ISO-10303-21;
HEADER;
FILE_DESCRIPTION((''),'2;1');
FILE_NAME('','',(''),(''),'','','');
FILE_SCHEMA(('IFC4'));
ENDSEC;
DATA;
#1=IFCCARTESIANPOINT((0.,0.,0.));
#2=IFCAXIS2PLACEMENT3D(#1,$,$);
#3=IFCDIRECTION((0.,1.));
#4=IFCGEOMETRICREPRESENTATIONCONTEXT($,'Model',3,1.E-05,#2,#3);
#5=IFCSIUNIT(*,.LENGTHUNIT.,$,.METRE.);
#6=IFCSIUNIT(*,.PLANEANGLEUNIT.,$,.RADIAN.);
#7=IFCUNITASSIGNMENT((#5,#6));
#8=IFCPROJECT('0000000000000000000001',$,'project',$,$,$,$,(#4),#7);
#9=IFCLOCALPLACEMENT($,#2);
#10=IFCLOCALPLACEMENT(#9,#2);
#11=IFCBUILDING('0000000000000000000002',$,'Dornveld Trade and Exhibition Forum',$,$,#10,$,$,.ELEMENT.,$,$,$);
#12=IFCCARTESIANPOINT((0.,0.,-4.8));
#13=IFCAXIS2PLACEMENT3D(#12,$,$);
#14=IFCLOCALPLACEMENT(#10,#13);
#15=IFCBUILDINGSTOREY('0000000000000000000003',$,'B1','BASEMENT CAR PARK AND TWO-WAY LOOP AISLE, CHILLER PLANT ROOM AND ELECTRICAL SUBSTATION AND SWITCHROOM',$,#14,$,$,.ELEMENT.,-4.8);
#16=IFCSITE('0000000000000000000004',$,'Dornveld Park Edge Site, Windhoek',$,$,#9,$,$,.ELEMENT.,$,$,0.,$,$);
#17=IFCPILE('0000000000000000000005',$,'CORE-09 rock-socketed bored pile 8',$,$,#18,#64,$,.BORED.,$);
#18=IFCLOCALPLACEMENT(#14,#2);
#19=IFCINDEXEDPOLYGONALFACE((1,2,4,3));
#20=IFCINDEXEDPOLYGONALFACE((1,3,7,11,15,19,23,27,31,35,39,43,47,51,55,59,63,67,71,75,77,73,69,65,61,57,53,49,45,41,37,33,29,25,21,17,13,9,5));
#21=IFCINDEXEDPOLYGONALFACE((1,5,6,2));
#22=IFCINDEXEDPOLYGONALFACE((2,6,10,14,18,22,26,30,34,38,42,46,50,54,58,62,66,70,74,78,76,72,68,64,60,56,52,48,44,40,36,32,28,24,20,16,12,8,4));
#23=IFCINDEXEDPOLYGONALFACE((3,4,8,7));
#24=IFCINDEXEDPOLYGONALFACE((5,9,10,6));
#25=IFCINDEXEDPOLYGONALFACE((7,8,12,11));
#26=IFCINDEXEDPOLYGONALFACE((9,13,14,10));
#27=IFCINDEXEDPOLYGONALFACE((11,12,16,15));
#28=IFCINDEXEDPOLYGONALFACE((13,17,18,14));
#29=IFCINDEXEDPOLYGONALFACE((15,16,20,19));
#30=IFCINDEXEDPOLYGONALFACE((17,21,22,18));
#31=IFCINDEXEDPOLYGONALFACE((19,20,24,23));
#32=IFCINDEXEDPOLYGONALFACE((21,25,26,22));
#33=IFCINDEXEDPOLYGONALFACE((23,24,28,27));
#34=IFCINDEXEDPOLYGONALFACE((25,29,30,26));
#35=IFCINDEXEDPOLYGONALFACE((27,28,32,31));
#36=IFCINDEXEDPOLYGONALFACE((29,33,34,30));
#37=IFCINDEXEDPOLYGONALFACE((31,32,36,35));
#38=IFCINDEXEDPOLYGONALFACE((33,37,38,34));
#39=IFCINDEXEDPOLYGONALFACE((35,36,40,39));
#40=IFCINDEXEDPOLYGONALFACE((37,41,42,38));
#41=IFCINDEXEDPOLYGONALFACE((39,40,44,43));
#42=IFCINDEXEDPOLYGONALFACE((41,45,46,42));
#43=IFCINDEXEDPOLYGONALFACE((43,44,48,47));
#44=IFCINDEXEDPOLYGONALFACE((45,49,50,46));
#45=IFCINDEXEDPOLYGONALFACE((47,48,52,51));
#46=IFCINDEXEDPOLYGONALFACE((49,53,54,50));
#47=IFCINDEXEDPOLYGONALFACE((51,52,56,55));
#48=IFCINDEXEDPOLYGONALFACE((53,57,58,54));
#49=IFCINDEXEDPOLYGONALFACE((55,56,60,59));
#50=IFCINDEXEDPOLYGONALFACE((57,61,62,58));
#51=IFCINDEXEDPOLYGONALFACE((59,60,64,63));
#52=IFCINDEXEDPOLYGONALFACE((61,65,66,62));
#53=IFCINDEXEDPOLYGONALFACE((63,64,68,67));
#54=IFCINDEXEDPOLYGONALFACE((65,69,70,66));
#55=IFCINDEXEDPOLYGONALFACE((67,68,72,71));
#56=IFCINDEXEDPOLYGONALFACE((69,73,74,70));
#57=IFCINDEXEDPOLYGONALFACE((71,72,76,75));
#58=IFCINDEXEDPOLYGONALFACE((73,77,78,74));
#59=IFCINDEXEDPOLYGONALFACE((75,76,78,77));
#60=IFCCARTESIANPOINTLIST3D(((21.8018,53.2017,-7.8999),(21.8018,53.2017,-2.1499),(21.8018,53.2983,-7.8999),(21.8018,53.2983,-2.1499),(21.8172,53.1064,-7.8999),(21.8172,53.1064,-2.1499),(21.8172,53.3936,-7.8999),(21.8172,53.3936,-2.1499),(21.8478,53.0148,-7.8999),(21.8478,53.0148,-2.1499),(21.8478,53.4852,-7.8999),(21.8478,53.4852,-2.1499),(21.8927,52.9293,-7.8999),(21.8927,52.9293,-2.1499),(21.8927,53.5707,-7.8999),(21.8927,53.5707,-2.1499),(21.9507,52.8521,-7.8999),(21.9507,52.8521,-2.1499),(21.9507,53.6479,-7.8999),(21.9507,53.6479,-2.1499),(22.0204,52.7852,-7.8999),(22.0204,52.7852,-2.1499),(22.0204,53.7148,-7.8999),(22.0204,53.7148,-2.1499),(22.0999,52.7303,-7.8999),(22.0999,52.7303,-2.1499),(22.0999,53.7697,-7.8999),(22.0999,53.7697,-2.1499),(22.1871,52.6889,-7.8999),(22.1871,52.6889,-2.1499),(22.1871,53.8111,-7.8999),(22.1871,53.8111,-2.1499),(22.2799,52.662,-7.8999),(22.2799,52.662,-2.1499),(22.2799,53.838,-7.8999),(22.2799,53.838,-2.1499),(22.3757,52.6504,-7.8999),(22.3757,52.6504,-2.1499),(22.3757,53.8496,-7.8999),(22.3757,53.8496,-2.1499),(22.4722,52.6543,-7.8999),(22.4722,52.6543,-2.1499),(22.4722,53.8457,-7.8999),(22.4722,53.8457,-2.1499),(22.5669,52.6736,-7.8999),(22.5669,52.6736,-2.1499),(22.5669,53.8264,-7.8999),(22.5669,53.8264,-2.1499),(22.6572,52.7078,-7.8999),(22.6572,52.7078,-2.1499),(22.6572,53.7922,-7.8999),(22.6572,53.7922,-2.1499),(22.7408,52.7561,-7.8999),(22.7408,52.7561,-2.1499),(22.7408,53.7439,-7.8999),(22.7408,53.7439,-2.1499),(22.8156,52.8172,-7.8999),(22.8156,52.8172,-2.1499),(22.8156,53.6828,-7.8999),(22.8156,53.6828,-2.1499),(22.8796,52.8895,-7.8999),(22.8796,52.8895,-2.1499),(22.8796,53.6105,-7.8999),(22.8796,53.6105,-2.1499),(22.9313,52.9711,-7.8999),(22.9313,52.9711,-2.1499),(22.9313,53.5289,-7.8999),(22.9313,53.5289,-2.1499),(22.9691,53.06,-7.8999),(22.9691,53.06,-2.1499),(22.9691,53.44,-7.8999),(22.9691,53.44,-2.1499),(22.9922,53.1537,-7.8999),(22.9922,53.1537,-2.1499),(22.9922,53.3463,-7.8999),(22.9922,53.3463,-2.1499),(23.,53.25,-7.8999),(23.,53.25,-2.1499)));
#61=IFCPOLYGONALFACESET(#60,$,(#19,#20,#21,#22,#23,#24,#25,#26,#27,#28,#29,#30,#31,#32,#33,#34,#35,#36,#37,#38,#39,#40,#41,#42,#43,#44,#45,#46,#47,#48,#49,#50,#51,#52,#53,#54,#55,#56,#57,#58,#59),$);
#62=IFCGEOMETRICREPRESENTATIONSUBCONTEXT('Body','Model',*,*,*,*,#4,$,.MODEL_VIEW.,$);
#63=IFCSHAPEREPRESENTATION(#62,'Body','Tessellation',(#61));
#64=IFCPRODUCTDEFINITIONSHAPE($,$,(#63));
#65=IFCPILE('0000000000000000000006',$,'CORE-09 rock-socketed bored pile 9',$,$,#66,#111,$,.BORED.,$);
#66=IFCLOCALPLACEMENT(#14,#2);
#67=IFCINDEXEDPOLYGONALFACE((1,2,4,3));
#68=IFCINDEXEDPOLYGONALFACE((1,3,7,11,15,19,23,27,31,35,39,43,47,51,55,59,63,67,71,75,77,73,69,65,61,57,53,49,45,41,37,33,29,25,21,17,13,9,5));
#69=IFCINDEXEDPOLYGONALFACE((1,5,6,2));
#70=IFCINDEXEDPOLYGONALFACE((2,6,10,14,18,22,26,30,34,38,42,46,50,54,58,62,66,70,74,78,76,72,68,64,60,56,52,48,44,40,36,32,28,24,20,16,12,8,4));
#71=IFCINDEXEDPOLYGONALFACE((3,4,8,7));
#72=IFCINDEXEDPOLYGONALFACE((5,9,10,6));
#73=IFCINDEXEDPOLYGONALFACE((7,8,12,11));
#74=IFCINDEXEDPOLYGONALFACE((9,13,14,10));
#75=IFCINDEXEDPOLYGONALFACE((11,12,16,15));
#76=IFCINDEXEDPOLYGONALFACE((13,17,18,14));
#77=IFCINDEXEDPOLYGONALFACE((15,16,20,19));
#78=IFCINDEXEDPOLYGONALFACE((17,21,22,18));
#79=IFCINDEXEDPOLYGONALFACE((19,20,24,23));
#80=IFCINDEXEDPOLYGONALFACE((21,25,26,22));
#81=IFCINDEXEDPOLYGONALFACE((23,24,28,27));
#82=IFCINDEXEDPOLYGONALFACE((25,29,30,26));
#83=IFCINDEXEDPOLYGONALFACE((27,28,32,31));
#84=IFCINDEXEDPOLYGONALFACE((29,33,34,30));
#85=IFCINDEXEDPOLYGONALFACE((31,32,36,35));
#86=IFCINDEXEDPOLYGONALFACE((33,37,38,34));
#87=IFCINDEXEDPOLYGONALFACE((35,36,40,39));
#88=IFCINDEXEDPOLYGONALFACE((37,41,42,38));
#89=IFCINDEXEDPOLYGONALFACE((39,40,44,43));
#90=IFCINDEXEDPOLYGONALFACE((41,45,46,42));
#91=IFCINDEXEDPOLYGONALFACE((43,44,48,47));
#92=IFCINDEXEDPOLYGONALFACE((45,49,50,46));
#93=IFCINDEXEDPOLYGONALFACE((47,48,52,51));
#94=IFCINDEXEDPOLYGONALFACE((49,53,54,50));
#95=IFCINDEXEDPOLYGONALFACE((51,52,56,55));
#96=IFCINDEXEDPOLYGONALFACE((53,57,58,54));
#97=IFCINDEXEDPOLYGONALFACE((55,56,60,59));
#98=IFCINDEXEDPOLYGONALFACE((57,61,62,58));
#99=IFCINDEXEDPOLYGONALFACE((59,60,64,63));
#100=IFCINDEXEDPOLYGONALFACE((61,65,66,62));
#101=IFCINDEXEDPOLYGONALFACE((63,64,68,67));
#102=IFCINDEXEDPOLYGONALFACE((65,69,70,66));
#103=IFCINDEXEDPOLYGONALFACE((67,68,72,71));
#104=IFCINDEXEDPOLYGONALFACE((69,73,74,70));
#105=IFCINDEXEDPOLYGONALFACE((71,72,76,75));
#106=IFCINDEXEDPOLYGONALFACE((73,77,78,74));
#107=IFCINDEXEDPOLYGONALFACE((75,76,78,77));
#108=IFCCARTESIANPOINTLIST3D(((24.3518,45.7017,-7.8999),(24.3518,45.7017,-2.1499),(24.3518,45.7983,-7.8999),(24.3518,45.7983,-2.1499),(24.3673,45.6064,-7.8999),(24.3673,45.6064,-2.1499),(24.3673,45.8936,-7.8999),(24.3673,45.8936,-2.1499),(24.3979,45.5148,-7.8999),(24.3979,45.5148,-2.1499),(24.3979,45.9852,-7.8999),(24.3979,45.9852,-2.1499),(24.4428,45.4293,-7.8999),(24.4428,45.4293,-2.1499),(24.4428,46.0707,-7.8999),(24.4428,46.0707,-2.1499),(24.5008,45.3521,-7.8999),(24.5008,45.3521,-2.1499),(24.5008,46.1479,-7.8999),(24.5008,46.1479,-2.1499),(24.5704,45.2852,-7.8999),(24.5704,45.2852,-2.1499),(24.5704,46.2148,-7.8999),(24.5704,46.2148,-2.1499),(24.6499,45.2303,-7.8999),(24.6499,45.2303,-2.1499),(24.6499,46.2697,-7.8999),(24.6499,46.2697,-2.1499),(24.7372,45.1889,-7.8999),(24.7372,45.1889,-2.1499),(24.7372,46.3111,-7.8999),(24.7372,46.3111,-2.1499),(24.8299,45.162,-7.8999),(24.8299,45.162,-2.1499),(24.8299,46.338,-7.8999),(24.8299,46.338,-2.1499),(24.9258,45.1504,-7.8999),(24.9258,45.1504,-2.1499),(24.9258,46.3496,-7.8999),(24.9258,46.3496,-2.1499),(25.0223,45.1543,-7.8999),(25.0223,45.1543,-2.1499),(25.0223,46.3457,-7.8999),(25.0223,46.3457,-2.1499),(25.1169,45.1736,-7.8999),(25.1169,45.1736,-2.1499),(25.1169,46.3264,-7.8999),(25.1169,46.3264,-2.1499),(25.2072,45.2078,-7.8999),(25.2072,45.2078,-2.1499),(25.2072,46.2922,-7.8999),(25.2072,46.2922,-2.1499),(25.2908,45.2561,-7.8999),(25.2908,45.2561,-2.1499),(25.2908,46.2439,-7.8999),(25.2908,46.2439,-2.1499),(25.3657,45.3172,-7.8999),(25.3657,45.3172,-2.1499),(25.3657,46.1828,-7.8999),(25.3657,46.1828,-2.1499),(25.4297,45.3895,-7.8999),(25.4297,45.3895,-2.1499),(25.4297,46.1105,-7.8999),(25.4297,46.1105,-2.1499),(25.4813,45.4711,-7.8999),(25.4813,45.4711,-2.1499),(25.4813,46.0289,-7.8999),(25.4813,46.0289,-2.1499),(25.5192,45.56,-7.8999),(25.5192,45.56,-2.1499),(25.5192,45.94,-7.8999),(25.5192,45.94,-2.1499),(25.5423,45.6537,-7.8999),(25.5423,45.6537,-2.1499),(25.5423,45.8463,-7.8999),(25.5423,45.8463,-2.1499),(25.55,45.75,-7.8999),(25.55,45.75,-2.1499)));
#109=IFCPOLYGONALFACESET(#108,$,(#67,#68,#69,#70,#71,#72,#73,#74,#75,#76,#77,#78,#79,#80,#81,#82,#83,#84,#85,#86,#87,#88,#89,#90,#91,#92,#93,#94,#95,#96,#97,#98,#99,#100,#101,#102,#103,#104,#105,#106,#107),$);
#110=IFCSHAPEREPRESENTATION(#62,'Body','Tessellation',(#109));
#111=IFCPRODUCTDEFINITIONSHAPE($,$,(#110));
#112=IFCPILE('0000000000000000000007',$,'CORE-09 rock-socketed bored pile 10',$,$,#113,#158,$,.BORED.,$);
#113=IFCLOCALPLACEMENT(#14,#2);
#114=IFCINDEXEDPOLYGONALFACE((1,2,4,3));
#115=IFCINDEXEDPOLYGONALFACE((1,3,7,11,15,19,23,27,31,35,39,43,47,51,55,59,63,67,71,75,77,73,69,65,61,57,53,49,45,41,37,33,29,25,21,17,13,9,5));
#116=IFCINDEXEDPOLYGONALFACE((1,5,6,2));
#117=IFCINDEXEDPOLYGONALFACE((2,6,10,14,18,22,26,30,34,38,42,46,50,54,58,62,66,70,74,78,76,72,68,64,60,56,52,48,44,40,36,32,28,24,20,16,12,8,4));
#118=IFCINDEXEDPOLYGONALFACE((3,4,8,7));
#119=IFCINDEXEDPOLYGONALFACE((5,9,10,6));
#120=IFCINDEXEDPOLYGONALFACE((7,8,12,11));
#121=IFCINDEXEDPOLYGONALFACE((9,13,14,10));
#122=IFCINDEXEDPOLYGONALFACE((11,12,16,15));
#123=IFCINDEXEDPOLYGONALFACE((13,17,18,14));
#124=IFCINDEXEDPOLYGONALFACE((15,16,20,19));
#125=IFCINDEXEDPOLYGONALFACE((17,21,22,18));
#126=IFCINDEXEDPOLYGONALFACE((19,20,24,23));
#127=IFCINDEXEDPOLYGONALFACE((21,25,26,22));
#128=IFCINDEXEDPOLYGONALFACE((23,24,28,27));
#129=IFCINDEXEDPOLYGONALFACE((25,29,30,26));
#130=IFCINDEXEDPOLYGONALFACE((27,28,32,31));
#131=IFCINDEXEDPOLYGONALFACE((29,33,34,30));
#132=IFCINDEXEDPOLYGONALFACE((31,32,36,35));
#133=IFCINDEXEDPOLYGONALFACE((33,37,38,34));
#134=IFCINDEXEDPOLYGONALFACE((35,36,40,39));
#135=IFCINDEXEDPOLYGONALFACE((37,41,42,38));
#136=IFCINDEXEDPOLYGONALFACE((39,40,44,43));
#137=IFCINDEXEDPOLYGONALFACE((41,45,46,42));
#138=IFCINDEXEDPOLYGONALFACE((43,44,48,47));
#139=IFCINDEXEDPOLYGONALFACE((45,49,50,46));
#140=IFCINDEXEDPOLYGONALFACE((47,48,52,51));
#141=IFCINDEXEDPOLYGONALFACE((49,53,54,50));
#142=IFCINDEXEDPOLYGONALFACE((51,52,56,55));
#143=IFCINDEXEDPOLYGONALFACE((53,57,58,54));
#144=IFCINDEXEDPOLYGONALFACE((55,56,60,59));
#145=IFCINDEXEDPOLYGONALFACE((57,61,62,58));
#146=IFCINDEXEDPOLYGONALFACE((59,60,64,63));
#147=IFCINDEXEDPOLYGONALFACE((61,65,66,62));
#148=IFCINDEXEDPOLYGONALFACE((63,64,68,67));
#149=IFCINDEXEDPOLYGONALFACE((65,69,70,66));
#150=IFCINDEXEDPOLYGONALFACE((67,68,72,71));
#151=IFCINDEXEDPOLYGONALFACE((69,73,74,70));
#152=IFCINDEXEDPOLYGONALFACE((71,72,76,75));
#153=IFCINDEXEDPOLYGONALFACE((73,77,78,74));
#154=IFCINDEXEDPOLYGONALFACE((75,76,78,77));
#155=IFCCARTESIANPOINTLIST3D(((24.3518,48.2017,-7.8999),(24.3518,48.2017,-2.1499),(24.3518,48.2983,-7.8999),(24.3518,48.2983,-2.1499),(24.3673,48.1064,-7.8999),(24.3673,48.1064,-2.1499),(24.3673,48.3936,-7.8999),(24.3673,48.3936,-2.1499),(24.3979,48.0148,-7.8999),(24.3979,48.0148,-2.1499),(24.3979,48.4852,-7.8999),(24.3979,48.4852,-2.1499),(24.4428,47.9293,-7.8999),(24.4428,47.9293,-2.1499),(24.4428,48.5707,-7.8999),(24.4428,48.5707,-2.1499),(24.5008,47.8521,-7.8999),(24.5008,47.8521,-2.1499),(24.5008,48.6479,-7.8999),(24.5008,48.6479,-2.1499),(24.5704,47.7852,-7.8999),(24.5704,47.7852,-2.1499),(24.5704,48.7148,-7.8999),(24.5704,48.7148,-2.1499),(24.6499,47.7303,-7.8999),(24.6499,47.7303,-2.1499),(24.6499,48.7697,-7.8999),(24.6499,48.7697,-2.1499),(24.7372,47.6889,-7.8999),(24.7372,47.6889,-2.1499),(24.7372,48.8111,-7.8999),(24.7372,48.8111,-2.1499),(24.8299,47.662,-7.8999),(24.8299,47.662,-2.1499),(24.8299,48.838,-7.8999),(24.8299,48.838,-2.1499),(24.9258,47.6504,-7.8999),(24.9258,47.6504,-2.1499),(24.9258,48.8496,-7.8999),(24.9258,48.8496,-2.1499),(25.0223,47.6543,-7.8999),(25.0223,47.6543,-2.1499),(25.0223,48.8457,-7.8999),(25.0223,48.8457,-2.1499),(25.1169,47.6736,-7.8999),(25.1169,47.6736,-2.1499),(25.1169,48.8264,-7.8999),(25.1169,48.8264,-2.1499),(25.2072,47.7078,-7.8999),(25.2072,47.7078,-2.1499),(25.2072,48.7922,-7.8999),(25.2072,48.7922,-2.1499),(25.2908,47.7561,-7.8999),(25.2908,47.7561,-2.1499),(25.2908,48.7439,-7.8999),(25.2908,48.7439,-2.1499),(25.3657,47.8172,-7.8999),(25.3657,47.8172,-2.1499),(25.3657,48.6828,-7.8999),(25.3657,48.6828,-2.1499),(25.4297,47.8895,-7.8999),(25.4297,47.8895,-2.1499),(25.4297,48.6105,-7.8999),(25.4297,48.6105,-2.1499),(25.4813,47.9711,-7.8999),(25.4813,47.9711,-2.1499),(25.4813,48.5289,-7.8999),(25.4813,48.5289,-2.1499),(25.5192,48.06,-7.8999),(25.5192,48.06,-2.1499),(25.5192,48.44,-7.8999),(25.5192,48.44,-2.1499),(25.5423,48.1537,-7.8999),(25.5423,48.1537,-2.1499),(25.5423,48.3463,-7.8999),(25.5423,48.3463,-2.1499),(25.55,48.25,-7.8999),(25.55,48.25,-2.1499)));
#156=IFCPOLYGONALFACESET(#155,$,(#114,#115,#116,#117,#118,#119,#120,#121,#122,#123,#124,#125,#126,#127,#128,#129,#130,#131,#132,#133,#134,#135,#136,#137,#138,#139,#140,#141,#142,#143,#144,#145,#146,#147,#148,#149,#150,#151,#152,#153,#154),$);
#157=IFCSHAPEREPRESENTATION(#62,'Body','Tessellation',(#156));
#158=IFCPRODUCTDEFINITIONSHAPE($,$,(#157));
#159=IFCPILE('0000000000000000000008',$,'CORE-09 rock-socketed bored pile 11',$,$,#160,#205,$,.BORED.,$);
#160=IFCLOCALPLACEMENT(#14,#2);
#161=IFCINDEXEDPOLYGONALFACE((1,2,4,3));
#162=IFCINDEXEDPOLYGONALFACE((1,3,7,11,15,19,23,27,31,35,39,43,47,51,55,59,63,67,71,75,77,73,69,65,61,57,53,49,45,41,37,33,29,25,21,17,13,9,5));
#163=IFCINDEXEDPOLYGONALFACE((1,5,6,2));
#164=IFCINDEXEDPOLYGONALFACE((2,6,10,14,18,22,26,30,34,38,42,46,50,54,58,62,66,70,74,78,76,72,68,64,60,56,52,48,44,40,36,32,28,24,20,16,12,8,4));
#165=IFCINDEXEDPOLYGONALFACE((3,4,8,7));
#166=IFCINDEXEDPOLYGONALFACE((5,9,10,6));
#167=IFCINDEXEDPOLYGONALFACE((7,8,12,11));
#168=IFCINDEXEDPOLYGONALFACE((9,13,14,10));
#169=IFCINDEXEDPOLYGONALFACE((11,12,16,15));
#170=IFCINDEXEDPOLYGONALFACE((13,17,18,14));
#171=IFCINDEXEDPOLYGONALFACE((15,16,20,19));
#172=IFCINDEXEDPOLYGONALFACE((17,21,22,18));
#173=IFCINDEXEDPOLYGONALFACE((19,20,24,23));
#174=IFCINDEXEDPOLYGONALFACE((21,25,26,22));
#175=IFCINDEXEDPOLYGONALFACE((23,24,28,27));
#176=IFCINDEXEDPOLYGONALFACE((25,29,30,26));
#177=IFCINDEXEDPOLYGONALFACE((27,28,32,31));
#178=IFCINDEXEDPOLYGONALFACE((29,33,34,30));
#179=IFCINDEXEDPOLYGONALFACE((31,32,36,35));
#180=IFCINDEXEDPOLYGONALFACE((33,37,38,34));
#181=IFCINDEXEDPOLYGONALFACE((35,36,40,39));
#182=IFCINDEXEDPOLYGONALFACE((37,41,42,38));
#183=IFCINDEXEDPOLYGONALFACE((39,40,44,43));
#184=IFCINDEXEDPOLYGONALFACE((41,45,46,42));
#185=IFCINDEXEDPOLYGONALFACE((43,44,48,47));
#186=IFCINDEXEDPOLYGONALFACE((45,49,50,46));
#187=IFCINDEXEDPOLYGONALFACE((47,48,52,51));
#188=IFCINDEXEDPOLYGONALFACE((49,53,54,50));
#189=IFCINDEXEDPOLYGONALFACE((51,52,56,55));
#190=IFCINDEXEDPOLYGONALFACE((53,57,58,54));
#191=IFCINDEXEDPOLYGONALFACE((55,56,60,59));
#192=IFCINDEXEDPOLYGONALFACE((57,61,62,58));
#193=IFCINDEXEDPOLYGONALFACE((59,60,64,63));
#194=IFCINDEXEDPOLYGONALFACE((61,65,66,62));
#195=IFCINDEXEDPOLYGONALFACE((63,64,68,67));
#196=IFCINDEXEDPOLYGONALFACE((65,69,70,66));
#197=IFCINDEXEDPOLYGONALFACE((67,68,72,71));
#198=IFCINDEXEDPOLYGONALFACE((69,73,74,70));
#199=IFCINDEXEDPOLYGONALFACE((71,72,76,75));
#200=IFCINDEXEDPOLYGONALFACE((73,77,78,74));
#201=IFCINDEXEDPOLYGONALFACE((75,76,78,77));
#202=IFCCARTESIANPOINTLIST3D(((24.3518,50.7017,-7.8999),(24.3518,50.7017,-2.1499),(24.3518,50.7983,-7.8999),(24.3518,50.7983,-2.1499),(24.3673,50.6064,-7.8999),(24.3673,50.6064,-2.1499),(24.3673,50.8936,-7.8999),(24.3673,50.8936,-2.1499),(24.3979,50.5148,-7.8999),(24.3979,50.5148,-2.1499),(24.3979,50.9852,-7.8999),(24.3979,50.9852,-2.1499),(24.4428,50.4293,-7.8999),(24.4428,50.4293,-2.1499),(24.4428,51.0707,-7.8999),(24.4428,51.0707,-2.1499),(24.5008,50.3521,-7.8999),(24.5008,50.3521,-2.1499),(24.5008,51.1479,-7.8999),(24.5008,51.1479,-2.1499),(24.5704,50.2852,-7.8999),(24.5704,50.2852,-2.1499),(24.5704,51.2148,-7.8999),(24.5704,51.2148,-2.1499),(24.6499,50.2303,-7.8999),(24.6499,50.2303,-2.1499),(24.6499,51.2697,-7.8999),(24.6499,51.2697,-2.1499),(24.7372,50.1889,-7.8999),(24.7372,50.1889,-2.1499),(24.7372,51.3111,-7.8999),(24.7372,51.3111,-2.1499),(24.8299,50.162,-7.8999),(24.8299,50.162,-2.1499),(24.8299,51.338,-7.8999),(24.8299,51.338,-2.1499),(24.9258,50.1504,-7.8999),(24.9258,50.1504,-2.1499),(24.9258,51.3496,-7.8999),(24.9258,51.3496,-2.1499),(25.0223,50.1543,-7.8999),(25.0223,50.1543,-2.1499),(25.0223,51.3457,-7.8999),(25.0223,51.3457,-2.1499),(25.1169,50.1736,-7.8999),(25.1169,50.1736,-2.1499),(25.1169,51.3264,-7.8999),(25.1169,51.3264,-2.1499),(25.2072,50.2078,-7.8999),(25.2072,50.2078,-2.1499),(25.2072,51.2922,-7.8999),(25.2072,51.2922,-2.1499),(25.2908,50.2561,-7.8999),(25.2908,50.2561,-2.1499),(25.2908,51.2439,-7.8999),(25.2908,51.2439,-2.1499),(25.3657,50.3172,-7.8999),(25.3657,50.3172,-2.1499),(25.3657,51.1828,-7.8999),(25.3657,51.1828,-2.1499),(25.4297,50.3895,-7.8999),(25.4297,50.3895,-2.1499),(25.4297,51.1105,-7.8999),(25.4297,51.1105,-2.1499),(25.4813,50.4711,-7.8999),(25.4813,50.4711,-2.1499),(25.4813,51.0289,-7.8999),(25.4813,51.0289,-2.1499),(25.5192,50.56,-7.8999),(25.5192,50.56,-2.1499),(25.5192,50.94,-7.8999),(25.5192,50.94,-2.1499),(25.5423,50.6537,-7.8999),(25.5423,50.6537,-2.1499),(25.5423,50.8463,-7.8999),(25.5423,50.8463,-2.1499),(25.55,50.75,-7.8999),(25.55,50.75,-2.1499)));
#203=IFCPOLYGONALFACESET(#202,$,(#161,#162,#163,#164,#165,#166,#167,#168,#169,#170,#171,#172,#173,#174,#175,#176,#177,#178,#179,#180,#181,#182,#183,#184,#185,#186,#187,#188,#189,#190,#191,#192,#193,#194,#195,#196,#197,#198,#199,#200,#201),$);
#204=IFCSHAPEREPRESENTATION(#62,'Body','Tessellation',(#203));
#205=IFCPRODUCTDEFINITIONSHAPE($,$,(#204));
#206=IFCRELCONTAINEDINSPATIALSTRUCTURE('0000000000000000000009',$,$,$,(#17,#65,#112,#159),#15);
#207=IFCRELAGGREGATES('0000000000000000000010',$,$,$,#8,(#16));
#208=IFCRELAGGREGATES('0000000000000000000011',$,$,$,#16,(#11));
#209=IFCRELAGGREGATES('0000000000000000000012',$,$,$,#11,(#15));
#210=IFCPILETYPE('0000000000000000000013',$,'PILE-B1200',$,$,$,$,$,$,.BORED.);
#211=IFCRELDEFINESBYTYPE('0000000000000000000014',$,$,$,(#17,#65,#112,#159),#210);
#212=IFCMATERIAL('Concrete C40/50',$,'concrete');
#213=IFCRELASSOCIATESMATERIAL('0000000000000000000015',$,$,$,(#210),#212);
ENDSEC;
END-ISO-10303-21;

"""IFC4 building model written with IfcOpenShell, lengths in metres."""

from ifc_helpers import new_model, si_unit, direction, frame, origin, origin_2d, place, context, subcontext, project, spatial, circle, extrude, material, material_profile, profile_set, type_object, element, save


model = new_model("IFC4")

# Units and contexts
model_context = context("Model", 3, precision=1e-05, world=origin(), true_north=direction((0.0, 1.0)))
body_context = subcontext(model_context, "Body", "Model", "MODEL_VIEW")
ifc_project = project(units=[si_unit("LENGTHUNIT", "METRE"), si_unit("PLANEANGLEUNIT", "RADIAN")], contexts=[model_context])

# Site, building, storey
site_placement = place(None, origin())
site = spatial("IfcSite", under=ifc_project, at=site_placement, Name="Dornveld Park Edge Site, Windhoek", CompositionType="ELEMENT", RefElevation=0.0)
building_placement = place(site_placement, origin())
building = spatial("IfcBuilding", under=site, at=building_placement, Name="Dornveld Trade and Exhibition Forum", CompositionType="ELEMENT")
storey_placement = place(building_placement, frame((0.0, 0.0, -4.8)))
storey = spatial("IfcBuildingStorey", under=building, at=storey_placement, Name="B1", Description="BASEMENT CAR PARK AND TWO-WAY LOOP AISLE, CHILLER PLANT ROOM AND ELECTRICAL SUBSTATION AND SWITCHROOM", CompositionType="ELEMENT", Elevation=-4.8)

# Piles
ifc_material_1 = material(Name="Concrete C40/50", Category="concrete")
ifc_material_profile_1 = material_profile(ifc_material_1, circle(Radius=0.6001, at=origin_2d()), Name="PILE D1200")
ifc_profile_set_1 = profile_set([ifc_material_profile_1], Name="Concrete C40/50")
pile_type_1 = type_object("IfcPileType", Name="PILE-B1200", PredefinedType="BORED", material=ifc_profile_set_1)
for number, where, z_axis, x_axis, name in (
    (1, (22.3999, 53.25, -2.1499), (0.0, 0.0, -1.0), (1.0, 0.0, 0.0), "CORE-09 rock-socketed bored pile 8"),
    (2, (24.95, 45.75, -2.1499), (0.0, 0.0, -1.0), (1.0, 0.0, 0.0), "CORE-09 rock-socketed bored pile 9"),
    (3, (24.95, 48.25, -2.1499), (0.0, 0.0, -1.0), (1.0, 0.0, 0.0), "CORE-09 rock-socketed bored pile 10"),
    (4, (24.95, 50.75, -2.1499), (0.0, 0.0, -1.0), (1.0, 0.0, 0.0), "CORE-09 rock-socketed bored pile 11"),
):
    element("IfcPile", number, at=place(storey_placement, frame(where, z_axis=z_axis, x_axis=x_axis)), inside=storey, type_object=pile_type_1, Name=name, PredefinedType="BORED", context=body_context, shape_type="SweptSolid", body=[
        extrude(circle(Radius=0.6001, at=origin_2d()), origin(), (0.0, 0.0, 1.0), 5.75),
    ])

save(model, "model.ifc")
